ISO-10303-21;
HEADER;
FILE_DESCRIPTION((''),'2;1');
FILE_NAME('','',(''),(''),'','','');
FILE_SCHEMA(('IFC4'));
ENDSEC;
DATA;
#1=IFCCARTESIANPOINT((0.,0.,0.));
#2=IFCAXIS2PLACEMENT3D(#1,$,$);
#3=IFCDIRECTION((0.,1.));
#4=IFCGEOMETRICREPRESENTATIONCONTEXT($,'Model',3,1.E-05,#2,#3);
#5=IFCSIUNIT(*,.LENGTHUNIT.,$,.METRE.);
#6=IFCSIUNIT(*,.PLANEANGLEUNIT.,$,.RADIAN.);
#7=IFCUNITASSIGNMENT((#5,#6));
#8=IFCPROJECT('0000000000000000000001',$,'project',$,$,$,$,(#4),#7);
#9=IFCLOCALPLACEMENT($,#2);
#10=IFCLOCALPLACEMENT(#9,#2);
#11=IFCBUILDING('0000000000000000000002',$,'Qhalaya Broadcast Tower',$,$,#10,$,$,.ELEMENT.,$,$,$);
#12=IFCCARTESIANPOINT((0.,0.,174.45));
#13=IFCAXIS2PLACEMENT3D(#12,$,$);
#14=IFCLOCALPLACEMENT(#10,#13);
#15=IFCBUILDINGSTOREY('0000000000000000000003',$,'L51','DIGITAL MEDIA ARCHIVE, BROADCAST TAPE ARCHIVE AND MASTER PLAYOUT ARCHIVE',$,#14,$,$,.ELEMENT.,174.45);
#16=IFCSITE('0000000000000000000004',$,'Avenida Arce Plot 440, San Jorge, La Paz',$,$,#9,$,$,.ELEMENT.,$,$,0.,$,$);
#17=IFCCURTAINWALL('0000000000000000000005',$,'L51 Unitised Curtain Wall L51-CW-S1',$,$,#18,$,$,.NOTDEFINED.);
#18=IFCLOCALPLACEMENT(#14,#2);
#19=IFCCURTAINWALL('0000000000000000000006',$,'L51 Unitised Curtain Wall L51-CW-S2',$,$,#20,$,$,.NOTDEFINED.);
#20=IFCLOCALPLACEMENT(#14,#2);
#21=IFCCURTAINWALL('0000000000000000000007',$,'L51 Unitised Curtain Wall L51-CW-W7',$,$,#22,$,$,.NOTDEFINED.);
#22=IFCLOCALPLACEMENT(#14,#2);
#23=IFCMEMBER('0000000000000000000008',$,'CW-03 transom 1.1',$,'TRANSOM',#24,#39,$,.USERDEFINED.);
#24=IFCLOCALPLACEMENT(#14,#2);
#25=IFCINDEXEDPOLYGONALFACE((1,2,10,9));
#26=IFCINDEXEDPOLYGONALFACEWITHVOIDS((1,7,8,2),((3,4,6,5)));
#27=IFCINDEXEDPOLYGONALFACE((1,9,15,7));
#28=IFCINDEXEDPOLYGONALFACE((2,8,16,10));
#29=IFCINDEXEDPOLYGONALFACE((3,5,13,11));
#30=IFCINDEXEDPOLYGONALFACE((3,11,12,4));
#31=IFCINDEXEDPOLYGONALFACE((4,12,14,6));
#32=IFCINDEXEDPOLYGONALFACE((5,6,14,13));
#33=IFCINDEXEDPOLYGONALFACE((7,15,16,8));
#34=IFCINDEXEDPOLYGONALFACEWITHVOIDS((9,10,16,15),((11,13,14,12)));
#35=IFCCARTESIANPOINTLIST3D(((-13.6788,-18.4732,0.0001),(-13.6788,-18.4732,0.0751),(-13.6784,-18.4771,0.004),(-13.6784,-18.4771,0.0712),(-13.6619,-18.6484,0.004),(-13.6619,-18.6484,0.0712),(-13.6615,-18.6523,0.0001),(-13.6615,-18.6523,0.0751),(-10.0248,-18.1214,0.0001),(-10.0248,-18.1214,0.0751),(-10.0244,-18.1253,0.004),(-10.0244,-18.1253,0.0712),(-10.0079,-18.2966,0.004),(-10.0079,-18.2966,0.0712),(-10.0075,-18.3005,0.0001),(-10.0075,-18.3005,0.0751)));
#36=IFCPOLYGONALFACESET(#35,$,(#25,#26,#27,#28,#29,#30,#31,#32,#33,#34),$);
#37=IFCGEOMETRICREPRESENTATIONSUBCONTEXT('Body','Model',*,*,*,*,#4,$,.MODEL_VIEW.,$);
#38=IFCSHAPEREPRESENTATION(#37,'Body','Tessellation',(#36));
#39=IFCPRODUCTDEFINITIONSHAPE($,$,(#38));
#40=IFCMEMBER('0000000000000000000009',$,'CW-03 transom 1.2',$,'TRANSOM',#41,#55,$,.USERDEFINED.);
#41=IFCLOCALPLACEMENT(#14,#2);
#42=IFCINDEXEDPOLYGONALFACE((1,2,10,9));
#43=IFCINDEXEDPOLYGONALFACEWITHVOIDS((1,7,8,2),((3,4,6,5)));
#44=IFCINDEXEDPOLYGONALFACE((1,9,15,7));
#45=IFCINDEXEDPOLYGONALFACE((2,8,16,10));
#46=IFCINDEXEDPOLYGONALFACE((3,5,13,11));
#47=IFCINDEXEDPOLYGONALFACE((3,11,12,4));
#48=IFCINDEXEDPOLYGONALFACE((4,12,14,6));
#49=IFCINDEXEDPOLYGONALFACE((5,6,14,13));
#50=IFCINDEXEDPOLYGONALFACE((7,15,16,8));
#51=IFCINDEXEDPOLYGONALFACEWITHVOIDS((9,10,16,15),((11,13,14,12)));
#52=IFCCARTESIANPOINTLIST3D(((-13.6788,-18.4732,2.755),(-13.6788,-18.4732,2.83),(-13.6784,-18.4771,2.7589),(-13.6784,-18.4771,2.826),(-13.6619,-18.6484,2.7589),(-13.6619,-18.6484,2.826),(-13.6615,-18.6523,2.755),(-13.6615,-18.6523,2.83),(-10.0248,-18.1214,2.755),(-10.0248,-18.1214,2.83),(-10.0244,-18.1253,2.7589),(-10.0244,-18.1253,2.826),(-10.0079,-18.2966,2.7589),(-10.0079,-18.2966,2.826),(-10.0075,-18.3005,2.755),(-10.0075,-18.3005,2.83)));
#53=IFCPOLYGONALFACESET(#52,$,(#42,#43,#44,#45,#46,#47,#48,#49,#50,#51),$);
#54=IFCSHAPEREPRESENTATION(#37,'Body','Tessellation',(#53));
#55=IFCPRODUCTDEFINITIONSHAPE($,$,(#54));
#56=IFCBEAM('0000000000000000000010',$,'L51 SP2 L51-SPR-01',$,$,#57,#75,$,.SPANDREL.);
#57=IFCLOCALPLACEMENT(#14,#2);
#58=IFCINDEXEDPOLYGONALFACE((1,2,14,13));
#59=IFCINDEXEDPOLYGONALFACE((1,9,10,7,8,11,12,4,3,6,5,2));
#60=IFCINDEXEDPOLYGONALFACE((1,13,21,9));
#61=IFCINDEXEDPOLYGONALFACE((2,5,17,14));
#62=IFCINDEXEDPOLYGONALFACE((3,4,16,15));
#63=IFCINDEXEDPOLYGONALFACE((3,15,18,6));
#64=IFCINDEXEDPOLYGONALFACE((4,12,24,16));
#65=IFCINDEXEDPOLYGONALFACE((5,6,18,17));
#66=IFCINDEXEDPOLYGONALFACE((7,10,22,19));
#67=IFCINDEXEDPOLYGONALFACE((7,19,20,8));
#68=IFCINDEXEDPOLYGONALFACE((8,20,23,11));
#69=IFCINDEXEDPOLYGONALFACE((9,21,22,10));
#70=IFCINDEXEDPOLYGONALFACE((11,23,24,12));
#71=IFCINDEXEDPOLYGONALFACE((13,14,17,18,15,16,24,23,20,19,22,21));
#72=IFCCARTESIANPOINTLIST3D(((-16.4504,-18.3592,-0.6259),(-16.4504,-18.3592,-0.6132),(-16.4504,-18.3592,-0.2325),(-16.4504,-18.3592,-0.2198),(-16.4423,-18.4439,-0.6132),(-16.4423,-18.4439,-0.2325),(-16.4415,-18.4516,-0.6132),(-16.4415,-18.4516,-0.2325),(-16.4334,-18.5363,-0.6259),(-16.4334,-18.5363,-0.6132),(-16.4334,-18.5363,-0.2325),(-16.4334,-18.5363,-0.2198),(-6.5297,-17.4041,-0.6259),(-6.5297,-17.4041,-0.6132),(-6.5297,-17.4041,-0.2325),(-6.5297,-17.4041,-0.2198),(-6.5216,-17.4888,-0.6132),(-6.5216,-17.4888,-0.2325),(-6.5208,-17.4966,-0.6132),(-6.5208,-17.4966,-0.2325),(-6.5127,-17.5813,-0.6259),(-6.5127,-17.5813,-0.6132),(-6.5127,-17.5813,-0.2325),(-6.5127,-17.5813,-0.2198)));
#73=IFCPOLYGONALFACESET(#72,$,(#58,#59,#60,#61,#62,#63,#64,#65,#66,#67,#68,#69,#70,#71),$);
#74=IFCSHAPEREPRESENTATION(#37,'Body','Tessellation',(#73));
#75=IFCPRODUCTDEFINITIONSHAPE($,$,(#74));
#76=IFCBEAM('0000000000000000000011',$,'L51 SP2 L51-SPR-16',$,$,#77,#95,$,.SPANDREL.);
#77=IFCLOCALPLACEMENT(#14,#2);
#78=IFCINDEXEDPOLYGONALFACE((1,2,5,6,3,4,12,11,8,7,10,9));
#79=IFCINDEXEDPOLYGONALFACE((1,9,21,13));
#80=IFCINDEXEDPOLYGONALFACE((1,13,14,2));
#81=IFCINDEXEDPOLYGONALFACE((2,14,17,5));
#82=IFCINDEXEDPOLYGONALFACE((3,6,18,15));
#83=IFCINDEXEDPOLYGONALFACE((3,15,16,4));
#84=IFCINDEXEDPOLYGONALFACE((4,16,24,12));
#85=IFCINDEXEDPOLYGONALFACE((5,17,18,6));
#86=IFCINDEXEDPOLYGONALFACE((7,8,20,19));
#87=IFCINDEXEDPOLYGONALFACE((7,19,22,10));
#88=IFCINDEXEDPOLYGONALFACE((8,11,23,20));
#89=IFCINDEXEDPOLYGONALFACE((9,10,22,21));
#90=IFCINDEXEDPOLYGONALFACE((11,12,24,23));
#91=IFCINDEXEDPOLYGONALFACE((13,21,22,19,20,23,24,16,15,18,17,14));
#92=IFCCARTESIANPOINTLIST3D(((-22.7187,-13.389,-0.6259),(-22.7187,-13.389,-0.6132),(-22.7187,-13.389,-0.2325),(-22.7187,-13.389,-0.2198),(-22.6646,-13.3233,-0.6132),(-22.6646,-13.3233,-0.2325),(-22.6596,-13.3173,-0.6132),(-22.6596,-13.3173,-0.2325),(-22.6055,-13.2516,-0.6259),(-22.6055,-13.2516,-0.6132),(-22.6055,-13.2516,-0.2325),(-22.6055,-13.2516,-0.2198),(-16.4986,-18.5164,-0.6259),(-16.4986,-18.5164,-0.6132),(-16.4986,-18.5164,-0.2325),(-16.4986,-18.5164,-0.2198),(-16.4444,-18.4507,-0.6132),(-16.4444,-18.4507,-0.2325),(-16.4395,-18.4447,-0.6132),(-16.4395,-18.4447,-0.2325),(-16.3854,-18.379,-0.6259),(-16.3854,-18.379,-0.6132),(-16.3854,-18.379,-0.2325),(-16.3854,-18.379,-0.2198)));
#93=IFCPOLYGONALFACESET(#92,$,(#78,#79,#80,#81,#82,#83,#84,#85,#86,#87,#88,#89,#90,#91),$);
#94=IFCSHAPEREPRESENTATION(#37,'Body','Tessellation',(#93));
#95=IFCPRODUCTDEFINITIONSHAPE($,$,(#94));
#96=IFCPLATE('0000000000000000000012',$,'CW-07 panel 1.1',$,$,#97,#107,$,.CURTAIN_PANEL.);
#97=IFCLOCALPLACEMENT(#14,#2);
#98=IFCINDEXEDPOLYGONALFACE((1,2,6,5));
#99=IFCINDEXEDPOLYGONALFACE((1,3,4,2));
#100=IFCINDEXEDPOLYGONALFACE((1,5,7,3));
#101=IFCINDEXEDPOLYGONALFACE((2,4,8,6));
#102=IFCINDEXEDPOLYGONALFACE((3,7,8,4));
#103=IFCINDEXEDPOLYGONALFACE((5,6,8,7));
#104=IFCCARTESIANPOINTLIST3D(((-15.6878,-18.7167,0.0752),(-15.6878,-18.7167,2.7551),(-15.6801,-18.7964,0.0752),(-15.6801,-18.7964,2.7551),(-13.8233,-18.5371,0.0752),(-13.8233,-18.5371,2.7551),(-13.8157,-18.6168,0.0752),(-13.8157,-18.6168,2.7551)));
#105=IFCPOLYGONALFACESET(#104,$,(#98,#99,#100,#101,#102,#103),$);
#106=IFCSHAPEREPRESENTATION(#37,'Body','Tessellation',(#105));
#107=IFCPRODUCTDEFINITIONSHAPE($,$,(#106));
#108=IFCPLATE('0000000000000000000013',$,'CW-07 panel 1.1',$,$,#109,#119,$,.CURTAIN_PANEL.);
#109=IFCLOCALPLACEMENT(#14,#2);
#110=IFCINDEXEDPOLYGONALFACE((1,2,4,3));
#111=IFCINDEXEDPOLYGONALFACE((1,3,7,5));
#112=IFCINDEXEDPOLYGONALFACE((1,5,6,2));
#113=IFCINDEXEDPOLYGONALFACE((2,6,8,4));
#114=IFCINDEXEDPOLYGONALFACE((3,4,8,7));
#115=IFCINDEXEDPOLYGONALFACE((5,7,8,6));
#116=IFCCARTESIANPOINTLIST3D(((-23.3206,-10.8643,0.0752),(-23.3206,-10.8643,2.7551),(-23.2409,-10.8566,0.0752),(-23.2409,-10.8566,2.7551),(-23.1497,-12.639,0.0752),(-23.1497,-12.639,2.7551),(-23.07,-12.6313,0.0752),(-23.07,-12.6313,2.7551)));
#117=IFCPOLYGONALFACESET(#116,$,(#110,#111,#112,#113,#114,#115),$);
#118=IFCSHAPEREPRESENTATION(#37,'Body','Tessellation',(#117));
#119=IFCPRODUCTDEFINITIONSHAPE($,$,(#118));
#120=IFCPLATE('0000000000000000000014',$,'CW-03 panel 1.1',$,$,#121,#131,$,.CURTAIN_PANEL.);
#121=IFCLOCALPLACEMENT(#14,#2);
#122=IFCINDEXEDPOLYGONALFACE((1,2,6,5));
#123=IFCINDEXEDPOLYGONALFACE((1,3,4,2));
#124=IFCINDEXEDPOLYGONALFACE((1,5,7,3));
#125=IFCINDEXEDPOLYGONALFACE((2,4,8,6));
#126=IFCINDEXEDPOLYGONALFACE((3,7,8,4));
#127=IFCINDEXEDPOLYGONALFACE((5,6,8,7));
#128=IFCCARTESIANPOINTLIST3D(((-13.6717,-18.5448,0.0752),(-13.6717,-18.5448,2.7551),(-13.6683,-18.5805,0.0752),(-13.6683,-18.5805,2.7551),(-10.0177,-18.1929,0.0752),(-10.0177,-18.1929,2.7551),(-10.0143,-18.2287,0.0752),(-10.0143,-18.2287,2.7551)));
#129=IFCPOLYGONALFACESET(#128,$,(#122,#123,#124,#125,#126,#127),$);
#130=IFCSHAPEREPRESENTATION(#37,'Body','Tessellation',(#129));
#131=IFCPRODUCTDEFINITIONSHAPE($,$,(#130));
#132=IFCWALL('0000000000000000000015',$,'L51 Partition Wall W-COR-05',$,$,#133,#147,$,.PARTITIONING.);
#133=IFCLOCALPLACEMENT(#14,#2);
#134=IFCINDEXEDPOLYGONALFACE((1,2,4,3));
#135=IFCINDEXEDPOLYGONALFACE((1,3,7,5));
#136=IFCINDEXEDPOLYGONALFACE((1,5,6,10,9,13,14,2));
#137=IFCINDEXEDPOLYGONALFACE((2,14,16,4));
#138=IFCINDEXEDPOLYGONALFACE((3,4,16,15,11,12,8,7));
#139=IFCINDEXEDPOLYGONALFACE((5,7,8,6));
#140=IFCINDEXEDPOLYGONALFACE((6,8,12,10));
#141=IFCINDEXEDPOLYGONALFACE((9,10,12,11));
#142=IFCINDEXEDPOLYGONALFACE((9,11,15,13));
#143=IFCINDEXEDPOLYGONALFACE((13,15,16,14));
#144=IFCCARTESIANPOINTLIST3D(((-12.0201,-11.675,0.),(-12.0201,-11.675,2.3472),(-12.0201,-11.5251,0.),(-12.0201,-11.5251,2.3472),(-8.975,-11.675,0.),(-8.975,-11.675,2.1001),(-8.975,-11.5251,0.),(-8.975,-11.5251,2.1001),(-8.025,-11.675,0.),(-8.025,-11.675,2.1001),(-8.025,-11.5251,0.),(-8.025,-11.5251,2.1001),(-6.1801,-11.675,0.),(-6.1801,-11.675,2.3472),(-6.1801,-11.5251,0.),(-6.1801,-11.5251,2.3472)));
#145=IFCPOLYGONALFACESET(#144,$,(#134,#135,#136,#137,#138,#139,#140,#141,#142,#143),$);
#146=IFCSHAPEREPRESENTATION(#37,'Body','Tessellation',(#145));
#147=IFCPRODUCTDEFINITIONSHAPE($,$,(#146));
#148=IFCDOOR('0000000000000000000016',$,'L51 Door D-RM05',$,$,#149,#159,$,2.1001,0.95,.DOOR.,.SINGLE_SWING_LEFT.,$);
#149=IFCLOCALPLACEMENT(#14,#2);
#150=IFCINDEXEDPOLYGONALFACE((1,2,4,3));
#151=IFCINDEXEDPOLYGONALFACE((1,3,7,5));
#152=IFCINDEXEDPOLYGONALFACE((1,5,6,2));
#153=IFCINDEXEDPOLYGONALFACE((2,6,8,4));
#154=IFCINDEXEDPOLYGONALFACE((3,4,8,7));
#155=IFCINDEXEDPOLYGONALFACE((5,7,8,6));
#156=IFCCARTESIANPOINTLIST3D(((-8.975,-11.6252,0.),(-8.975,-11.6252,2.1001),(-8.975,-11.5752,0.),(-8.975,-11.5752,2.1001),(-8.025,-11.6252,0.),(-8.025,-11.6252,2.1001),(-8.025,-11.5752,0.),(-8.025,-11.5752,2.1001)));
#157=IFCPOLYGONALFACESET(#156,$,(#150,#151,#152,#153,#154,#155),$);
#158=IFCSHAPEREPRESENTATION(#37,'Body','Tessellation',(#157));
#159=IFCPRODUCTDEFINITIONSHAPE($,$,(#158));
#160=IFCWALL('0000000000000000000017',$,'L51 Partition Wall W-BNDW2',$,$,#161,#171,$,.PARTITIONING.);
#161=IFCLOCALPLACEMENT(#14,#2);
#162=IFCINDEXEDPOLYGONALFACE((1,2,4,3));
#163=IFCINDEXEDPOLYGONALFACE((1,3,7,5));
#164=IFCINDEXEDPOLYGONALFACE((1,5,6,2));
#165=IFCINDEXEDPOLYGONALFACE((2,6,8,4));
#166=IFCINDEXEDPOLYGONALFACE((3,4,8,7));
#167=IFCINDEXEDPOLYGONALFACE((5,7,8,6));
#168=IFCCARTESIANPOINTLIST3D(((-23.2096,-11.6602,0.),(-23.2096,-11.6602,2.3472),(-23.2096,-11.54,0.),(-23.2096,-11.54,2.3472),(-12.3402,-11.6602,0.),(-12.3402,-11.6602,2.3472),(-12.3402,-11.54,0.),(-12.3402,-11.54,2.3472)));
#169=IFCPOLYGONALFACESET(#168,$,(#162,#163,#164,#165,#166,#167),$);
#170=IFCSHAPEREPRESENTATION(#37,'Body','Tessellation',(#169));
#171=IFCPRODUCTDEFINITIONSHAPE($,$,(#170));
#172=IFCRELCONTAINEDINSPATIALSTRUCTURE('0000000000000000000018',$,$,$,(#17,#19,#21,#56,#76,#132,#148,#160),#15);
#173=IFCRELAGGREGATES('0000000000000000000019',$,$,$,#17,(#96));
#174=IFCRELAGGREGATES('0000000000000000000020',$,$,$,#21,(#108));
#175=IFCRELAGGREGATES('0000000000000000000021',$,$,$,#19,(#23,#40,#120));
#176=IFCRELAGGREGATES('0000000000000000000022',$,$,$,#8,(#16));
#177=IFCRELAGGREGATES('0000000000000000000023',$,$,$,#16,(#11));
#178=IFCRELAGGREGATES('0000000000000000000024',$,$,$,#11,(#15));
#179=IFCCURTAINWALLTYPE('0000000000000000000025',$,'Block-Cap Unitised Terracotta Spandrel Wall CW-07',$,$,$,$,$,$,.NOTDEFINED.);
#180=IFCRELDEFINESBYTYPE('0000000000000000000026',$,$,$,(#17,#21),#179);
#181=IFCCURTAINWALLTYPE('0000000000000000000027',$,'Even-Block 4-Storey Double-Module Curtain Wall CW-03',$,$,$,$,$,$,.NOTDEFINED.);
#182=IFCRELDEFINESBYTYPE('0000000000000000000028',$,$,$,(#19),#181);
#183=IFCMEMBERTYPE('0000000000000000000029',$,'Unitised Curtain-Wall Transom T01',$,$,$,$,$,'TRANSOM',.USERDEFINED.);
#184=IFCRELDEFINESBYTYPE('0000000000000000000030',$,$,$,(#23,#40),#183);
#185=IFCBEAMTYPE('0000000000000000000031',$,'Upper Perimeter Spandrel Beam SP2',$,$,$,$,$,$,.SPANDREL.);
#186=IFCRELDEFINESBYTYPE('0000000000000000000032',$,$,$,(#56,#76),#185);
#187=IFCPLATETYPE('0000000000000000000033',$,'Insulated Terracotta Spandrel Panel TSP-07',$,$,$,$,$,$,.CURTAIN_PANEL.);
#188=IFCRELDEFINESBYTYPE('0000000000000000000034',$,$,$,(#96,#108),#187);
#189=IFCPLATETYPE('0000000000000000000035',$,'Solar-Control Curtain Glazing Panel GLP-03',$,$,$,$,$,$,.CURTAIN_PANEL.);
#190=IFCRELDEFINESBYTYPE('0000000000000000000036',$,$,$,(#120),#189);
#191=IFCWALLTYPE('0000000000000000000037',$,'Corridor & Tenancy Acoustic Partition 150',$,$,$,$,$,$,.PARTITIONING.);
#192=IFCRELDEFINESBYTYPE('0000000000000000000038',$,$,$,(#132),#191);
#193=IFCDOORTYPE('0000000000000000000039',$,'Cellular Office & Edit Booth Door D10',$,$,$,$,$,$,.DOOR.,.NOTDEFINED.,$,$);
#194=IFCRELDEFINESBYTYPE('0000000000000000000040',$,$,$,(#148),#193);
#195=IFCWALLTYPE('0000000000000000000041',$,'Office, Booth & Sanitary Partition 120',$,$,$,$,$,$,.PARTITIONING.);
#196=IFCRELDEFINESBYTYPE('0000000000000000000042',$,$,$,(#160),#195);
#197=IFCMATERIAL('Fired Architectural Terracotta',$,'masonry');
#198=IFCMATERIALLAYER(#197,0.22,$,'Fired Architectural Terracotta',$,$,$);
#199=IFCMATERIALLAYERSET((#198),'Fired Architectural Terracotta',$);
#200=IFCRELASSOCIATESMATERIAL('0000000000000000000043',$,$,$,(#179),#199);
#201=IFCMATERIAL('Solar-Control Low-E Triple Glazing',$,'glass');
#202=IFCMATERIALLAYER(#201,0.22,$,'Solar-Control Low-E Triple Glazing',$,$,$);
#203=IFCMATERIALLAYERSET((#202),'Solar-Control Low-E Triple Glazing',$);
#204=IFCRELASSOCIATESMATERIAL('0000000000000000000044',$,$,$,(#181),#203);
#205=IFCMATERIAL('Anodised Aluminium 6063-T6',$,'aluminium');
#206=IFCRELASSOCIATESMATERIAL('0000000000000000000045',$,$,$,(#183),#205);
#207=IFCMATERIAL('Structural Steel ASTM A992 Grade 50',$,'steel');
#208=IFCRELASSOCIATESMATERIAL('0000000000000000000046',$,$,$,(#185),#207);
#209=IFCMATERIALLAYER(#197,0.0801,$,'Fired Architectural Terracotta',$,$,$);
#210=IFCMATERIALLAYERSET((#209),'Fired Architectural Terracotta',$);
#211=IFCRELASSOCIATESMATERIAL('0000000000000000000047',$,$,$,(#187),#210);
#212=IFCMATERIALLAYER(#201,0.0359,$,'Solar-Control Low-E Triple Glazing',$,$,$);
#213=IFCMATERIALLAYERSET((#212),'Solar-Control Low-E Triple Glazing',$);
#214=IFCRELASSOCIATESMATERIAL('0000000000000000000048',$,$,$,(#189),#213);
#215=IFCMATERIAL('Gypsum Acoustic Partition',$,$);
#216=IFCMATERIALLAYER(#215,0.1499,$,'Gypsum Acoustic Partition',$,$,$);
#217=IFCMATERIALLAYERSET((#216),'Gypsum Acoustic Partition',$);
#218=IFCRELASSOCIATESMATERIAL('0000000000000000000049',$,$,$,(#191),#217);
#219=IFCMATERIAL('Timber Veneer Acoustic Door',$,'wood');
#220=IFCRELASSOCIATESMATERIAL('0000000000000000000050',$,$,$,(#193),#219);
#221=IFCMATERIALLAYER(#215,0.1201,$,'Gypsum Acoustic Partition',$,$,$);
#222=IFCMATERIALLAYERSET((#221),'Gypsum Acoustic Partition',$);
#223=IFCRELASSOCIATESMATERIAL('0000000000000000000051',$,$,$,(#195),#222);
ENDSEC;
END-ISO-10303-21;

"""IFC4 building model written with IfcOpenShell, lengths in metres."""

from ifc_helpers import new_model, si_unit, direction, frame, frame_2d, origin, origin_2d, place, context, subcontext, project, spatial, rectangle, hollow_rectangle, i_section, extrude, material, layer, layer_set, material_profile, profile_set, type_object, element, fill, aggregate, save


model = new_model("IFC4")

# Units and contexts
model_context = context("Model", 3, precision=1e-05, world=origin(), true_north=direction((0.0, 1.0)))
body_context = subcontext(model_context, "Body", "Model", "MODEL_VIEW")
ifc_project = project(units=[si_unit("LENGTHUNIT", "METRE"), si_unit("PLANEANGLEUNIT", "RADIAN")], contexts=[model_context])

# Site, building, storey
site_placement = place(None, origin())
site = spatial("IfcSite", under=ifc_project, at=site_placement, Name="Avenida Arce Plot 440, San Jorge, La Paz", CompositionType="ELEMENT", RefElevation=0.0)
building_placement = place(site_placement, origin())
building = spatial("IfcBuilding", under=site, at=building_placement, Name="Qhalaya Broadcast Tower", CompositionType="ELEMENT")
storey_placement = place(building_placement, frame((0.0, 0.0, 174.45)))
storey = spatial("IfcBuildingStorey", under=building, at=storey_placement, Name="L51", Description="DIGITAL MEDIA ARCHIVE, BROADCAST TAPE ARCHIVE AND MASTER PLAYOUT ARCHIVE", CompositionType="ELEMENT", Elevation=174.45)

# Shared definitions
ifc_material_1 = material(Name="Structural Steel ASTM A992 Grade 50", Category="steel")

# Curtain wall
ifc_material_2 = material(Name="Fired Architectural Terracotta", Category="masonry")
ifc_layer_1 = layer(ifc_material_2, 0.22, Name="Fired Architectural Terracotta")
ifc_layer_set_1 = layer_set([ifc_layer_1], Name="Fired Architectural Terracotta")
curtain_wall_type_1 = type_object("IfcCurtainWallType", Name="Block-Cap Unitised Terracotta Spandrel Wall CW-07", PredefinedType="NOTDEFINED", material=ifc_layer_set_1)
curtain_wall_1_placement = place(storey_placement, origin())
curtain_wall_1 = element("IfcCurtainWall", 1, at=curtain_wall_1_placement, inside=storey, type_object=curtain_wall_type_1, Name="L51 Unitised Curtain Wall L51-CW-S1", PredefinedType="NOTDEFINED")
ifc_material_3 = material(Name="Anodised Aluminium 6063-T6", Category="aluminium")

# Curtain walls
ifc_material_4 = material(Name="Solar-Control Low-E Triple Glazing", Category="glass")
ifc_layer_2 = layer(ifc_material_4, 0.22, Name="Solar-Control Low-E Triple Glazing")
ifc_layer_set_2 = layer_set([ifc_layer_2], Name="Solar-Control Low-E Triple Glazing")
curtain_wall_type_2 = type_object("IfcCurtainWallType", Name="Even-Block 4-Storey Double-Module Curtain Wall CW-03", PredefinedType="NOTDEFINED", material=ifc_layer_set_2)
curtain_wall_2_placement = place(storey_placement, origin())
curtain_wall_2 = element("IfcCurtainWall", 2, at=curtain_wall_2_placement, inside=storey, type_object=curtain_wall_type_2, Name="L51 Unitised Curtain Wall L51-CW-S2", PredefinedType="NOTDEFINED")
curtain_wall_3_placement = place(storey_placement, origin())
curtain_wall_3 = element("IfcCurtainWall", 3, at=curtain_wall_3_placement, inside=storey, type_object=curtain_wall_type_1, Name="L51 Unitised Curtain Wall L51-CW-W7", PredefinedType="NOTDEFINED")

# Members
ifc_material_profile_1 = material_profile(ifc_material_3, hollow_rectangle(XDim=0.075, YDim=0.1799, WallThickness=0.0039, at=origin_2d()), Name="ALU-TRN 75x180x4")
ifc_profile_set_1 = profile_set([ifc_material_profile_1], Name="Anodised Aluminium 6063-T6")
member_type_1 = type_object("IfcMemberType", Name="Unitised Curtain-Wall Transom T01", ElementType="TRANSOM", PredefinedType="USERDEFINED", material=ifc_profile_set_1)
member_1_placement = place(storey_placement, frame((-13.6702, -18.5627, 0.0376), z_axis=(0.995397, 0.095835, 0.0), x_axis=(0.0, 0.0, 1.0)))
member_1 = element("IfcMember", 4, at=member_1_placement, type_object=member_type_1, Name="CW-03 transom 1.1", ObjectType="TRANSOM", PredefinedType="USERDEFINED", context=body_context, shape_type="SweptSolid", body=[
    extrude(hollow_rectangle(XDim=0.075, YDim=0.1799, WallThickness=0.0039, at=origin_2d()), origin(), (0.0, 0.0, 1.0), 3.6709),
])
member_2_placement = place(storey_placement, frame((-13.6702, -18.5627, 2.7925), z_axis=(0.995397, 0.095835, 0.0), x_axis=(0.0, 0.0, 1.0)))
member_2 = element("IfcMember", 5, at=member_2_placement, type_object=member_type_1, Name="CW-03 transom 1.2", ObjectType="TRANSOM", PredefinedType="USERDEFINED", context=body_context, shape_type="SweptSolid", body=[
    extrude(hollow_rectangle(XDim=0.075, YDim=0.1799, WallThickness=0.0039, at=origin_2d()), origin(), (0.0, 0.0, 1.0), 3.6709),
])

# Beams
ifc_material_profile_2 = material_profile(ifc_material_1, i_section(OverallWidth=0.178, OverallDepth=0.406, WebThickness=0.0078, FlangeThickness=0.0127, at=origin_2d()), Name="W16X40")
ifc_profile_set_2 = profile_set([ifc_material_profile_2], Name="Structural Steel ASTM A992 Grade 50")
beam_type_1 = type_object("IfcBeamType", Name="Upper Perimeter Spandrel Beam SP2", PredefinedType="SPANDREL", material=ifc_profile_set_2)
beam_1_placement = place(storey_placement, frame((-16.4419, -18.4478, -0.4229), z_axis=(0.995398, 0.095829, 0.0), x_axis=(-0.095829, 0.995398, 0.0)))
element("IfcBeam", 6, at=beam_1_placement, inside=storey, type_object=beam_type_1, Name="L51 SP2 L51-SPR-01", PredefinedType="SPANDREL", context=body_context, shape_type="SweptSolid", body=[
    extrude(i_section(OverallWidth=0.178, OverallDepth=0.406, WebThickness=0.0078, FlangeThickness=0.0127, at=origin_2d()), origin(), (0.0, 0.0, 1.0), 9.9666),
])
beam_2_placement = place(storey_placement, frame((-22.6621, -13.3203, -0.4229), z_axis=(0.771631, -0.63607, 0.0), x_axis=(0.63607, 0.771631, 0.0)))
element("IfcBeam", 7, at=beam_2_placement, inside=storey, type_object=beam_type_1, Name="L51 SP2 L51-SPR-16", PredefinedType="SPANDREL", context=body_context, shape_type="SweptSolid", body=[
    extrude(i_section(OverallWidth=0.178, OverallDepth=0.406, WebThickness=0.0078, FlangeThickness=0.0127, at=origin_2d()), origin(), (0.0, 0.0, 1.0), 8.061),
])

# Plates
ifc_layer_3 = layer(ifc_material_2, 0.0801, Name="Fired Architectural Terracotta")
ifc_layer_set_3 = layer_set([ifc_layer_3], Name="Fired Architectural Terracotta")
plate_type_1 = type_object("IfcPlateType", Name="Insulated Terracotta Spandrel Panel TSP-07", PredefinedType="CURTAIN_PANEL", material=ifc_layer_set_3)
plate_1_placement = place(storey_placement, frame((-14.7517, -18.6667, 0.0752), z_axis=(0.0, 0.0, 1.0), x_axis=(0.995396, 0.095847, 0.0)))
plate_1 = element("IfcPlate", 8, at=plate_1_placement, type_object=plate_type_1, Name="CW-07 panel 1.1", PredefinedType="CURTAIN_PANEL", context=body_context, shape_type="SweptSolid", body=[
    extrude(rectangle(XDim=1.873, YDim=0.0801, at=origin_2d()), origin(), (0.0, 0.0, 1.0), 2.6799),
])
aggregate(curtain_wall_1, [plate_1])
plate_2_placement = place(storey_placement, frame((-23.1953, -11.7478, 0.0752), z_axis=(0.0, 0.0, 1.0), x_axis=(0.095861, -0.995395, 0.0)))
plate_2 = element("IfcPlate", 9, at=plate_2_placement, type_object=plate_type_1, Name="CW-07 panel 1.1", PredefinedType="CURTAIN_PANEL", context=body_context, shape_type="SweptSolid", body=[
    extrude(rectangle(XDim=1.783, YDim=0.0801, at=origin_2d()), origin(), (0.0, 0.0, 1.0), 2.6799),
])
aggregate(curtain_wall_3, [plate_2])
ifc_layer_4 = layer(ifc_material_4, 0.0359, Name="Solar-Control Low-E Triple Glazing")
ifc_layer_set_4 = layer_set([ifc_layer_4], Name="Solar-Control Low-E Triple Glazing")
plate_type_2 = type_object("IfcPlateType", Name="Solar-Control Curtain Glazing Panel GLP-03", PredefinedType="CURTAIN_PANEL", material=ifc_layer_set_4)
plate_3_placement = place(storey_placement, frame((-11.843, -18.3867, 0.0752), z_axis=(0.0, 0.0, 1.0), x_axis=(0.995397, 0.095839, 0.0)))
plate_3 = element("IfcPlate", 10, at=plate_3_placement, type_object=plate_type_2, Name="CW-03 panel 1.1", PredefinedType="CURTAIN_PANEL", context=body_context, shape_type="SweptSolid", body=[
    extrude(rectangle(XDim=3.6709, YDim=0.0359, at=origin_2d()), origin(), (0.0, 0.0, 1.0), 2.6799),
])
aggregate(curtain_wall_2, [member_1, member_2, plate_3])

# Wall, opening, door
ifc_material_5 = material(Name="Gypsum Acoustic Partition")
ifc_layer_5 = layer(ifc_material_5, 0.1499, Name="Gypsum Acoustic Partition")
ifc_layer_set_5 = layer_set([ifc_layer_5], Name="Gypsum Acoustic Partition")
wall_type_1 = type_object("IfcWallType", Name="Corridor & Tenancy Acoustic Partition 150", PredefinedType="PARTITIONING", material=ifc_layer_set_5)
wall_1_placement = place(storey_placement, frame((-12.02, -11.6001, 0.0), z_axis=(0.0, 0.0, 1.0), x_axis=(1.0, 0.0, 0.0)))
wall_1 = element("IfcWall", 11, at=wall_1_placement, inside=storey, type_object=wall_type_1, Name="L51 Partition Wall W-COR-05", PredefinedType="PARTITIONING", context=body_context, shape_type="SweptSolid", body=[
    extrude(rectangle(XDim=5.8401, YDim=0.1499, at=frame_2d((2.9199, 0.0))), origin(), (0.0, 0.0, 1.0), 2.3472),
])
opening_placement = place(wall_1_placement, frame((3.0449, 0.0, 0.0)))
opening = element("IfcOpeningElement", 12, at=opening_placement, cuts=wall_1, PredefinedType="OPENING", context=body_context, shape_type="SweptSolid", body=[
    extrude(rectangle(XDim=0.95, YDim=2.1001, at=frame_2d((0.4751, 1.05))), frame((0.0, 0.0869, 0.0), z_axis=(0.0, -1.0, 0.0), x_axis=(1.0, 0.0, 0.0)), (0.0, 0.0, 1.0), 0.1738),
])
ifc_material_6 = material(Name="Timber Veneer Acoustic Door", Category="wood")
door_type = type_object("IfcDoorType", Name="Cellular Office & Edit Booth Door D10", OperationType="NOTDEFINED", PredefinedType="DOOR", material=ifc_material_6)
door_placement = place(opening_placement, origin())
door = element("IfcDoor", 13, at=door_placement, inside=storey, type_object=door_type, Name="L51 Door D-RM05", OperationType="SINGLE_SWING_LEFT", OverallHeight=2.1001, OverallWidth=0.95, PredefinedType="DOOR", context=body_context, shape_type="SweptSolid", body=[
    extrude(rectangle(XDim=0.95, YDim=2.1001, at=frame_2d((0.4751, 1.05))), frame((0.0, 0.0249, 0.0), z_axis=(0.0, -1.0, 0.0), x_axis=(1.0, 0.0, 0.0)), (0.0, 0.0, 1.0), 0.05),
])
fill(opening, door)

# Wall
ifc_layer_6 = layer(ifc_material_5, 0.1201, Name="Gypsum Acoustic Partition")
ifc_layer_set_6 = layer_set([ifc_layer_6], Name="Gypsum Acoustic Partition")
wall_type_2 = type_object("IfcWallType", Name="Office, Booth & Sanitary Partition 120", PredefinedType="PARTITIONING", material=ifc_layer_set_6)
wall_2_placement = place(storey_placement, frame((-23.2095, -11.6001, 0.0), z_axis=(0.0, 0.0, 1.0), x_axis=(1.0, 0.0, 0.0)))
element("IfcWall", 14, at=wall_2_placement, inside=storey, type_object=wall_type_2, Name="L51 Partition Wall W-BNDW2", PredefinedType="PARTITIONING", context=body_context, shape_type="SweptSolid", body=[
    extrude(rectangle(XDim=10.8694, YDim=0.1201, at=frame_2d((5.4346, 0.0))), origin(), (0.0, 0.0, 1.0), 2.3472),
])

save(model, "model.ifc")
